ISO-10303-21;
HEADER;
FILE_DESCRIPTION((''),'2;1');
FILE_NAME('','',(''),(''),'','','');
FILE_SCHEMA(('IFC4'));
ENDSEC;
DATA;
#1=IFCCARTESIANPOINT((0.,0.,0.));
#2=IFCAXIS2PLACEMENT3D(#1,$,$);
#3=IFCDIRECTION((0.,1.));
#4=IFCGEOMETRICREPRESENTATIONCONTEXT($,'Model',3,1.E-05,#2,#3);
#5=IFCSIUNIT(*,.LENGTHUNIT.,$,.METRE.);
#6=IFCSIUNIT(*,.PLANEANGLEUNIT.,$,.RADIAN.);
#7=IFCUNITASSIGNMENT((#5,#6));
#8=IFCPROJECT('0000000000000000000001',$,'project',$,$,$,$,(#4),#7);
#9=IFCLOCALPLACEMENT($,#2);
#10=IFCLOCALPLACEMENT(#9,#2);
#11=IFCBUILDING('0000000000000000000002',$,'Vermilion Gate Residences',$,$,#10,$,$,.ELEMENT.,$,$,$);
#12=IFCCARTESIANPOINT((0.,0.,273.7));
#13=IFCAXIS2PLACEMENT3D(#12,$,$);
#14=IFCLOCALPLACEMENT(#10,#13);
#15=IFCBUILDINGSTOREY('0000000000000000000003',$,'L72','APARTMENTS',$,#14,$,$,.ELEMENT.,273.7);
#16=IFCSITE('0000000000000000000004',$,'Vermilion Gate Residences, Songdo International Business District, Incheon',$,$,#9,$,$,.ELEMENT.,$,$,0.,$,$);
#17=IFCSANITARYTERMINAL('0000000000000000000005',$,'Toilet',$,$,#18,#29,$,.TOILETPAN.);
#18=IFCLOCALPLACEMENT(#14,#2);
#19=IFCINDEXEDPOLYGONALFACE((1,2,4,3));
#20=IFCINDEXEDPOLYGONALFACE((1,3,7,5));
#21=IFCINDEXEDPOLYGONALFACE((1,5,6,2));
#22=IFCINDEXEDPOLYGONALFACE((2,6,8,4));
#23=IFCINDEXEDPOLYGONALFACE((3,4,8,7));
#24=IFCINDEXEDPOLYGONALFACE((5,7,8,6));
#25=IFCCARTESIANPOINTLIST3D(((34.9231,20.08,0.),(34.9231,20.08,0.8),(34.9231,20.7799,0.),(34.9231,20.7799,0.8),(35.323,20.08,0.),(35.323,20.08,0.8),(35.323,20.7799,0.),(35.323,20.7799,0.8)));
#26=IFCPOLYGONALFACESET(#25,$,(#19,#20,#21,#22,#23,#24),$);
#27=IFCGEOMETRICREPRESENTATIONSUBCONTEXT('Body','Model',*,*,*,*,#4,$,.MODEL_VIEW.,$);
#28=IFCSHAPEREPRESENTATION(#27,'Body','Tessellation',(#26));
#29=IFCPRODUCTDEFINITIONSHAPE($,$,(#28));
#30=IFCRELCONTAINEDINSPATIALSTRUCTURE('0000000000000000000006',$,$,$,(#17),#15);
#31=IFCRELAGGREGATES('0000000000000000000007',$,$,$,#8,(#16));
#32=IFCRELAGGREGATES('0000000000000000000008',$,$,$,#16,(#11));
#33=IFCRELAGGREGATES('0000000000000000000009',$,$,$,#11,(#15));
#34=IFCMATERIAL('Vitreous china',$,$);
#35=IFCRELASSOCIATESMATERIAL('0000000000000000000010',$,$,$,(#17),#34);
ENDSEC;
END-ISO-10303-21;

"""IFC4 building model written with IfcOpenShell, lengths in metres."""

from ifc_helpers import new_model, si_unit, direction, frame, origin, origin_2d, place, context, subcontext, project, spatial, rectangle, extrude, material, element, save


model = new_model("IFC4")

# Units and contexts
model_context = context("Model", 3, precision=1e-05, world=origin(), true_north=direction((0.0, 1.0)))
body_context = subcontext(model_context, "Body", "Model", "MODEL_VIEW")
ifc_project = project(units=[si_unit("LENGTHUNIT", "METRE"), si_unit("PLANEANGLEUNIT", "RADIAN")], contexts=[model_context])

# Site, building, storey
site_placement = place(None, origin())
site = spatial("IfcSite", under=ifc_project, at=site_placement, Name="Vermilion Gate Residences, Songdo International Business District, Incheon", CompositionType="ELEMENT", RefElevation=0.0)
building_placement = place(site_placement, origin())
building = spatial("IfcBuilding", under=site, at=building_placement, Name="Vermilion Gate Residences", CompositionType="ELEMENT")
storey_placement = place(building_placement, frame((0.0, 0.0, 273.7)))
storey = spatial("IfcBuildingStorey", under=building, at=storey_placement, Name="L72", Description="APARTMENTS", CompositionType="ELEMENT", Elevation=273.7)

# Sanitary terminal
ifc_material_1 = material(Name="Vitreous china")
sanitary_terminal_1_placement = place(storey_placement, frame((35.123, 20.4299, 0.0), z_axis=(0.0, 0.0, 1.0), x_axis=(1.0, 0.0, 0.0)))
element("IfcSanitaryTerminal", 1, at=sanitary_terminal_1_placement, inside=storey, material=ifc_material_1, Name="Toilet", PredefinedType="TOILETPAN", context=body_context, shape_type="SweptSolid", body=[
    extrude(rectangle(XDim=0.3999, YDim=0.7, at=origin_2d()), origin(), (0.0, 0.0, 1.0), 0.8),
])

save(model, "model.ifc")
